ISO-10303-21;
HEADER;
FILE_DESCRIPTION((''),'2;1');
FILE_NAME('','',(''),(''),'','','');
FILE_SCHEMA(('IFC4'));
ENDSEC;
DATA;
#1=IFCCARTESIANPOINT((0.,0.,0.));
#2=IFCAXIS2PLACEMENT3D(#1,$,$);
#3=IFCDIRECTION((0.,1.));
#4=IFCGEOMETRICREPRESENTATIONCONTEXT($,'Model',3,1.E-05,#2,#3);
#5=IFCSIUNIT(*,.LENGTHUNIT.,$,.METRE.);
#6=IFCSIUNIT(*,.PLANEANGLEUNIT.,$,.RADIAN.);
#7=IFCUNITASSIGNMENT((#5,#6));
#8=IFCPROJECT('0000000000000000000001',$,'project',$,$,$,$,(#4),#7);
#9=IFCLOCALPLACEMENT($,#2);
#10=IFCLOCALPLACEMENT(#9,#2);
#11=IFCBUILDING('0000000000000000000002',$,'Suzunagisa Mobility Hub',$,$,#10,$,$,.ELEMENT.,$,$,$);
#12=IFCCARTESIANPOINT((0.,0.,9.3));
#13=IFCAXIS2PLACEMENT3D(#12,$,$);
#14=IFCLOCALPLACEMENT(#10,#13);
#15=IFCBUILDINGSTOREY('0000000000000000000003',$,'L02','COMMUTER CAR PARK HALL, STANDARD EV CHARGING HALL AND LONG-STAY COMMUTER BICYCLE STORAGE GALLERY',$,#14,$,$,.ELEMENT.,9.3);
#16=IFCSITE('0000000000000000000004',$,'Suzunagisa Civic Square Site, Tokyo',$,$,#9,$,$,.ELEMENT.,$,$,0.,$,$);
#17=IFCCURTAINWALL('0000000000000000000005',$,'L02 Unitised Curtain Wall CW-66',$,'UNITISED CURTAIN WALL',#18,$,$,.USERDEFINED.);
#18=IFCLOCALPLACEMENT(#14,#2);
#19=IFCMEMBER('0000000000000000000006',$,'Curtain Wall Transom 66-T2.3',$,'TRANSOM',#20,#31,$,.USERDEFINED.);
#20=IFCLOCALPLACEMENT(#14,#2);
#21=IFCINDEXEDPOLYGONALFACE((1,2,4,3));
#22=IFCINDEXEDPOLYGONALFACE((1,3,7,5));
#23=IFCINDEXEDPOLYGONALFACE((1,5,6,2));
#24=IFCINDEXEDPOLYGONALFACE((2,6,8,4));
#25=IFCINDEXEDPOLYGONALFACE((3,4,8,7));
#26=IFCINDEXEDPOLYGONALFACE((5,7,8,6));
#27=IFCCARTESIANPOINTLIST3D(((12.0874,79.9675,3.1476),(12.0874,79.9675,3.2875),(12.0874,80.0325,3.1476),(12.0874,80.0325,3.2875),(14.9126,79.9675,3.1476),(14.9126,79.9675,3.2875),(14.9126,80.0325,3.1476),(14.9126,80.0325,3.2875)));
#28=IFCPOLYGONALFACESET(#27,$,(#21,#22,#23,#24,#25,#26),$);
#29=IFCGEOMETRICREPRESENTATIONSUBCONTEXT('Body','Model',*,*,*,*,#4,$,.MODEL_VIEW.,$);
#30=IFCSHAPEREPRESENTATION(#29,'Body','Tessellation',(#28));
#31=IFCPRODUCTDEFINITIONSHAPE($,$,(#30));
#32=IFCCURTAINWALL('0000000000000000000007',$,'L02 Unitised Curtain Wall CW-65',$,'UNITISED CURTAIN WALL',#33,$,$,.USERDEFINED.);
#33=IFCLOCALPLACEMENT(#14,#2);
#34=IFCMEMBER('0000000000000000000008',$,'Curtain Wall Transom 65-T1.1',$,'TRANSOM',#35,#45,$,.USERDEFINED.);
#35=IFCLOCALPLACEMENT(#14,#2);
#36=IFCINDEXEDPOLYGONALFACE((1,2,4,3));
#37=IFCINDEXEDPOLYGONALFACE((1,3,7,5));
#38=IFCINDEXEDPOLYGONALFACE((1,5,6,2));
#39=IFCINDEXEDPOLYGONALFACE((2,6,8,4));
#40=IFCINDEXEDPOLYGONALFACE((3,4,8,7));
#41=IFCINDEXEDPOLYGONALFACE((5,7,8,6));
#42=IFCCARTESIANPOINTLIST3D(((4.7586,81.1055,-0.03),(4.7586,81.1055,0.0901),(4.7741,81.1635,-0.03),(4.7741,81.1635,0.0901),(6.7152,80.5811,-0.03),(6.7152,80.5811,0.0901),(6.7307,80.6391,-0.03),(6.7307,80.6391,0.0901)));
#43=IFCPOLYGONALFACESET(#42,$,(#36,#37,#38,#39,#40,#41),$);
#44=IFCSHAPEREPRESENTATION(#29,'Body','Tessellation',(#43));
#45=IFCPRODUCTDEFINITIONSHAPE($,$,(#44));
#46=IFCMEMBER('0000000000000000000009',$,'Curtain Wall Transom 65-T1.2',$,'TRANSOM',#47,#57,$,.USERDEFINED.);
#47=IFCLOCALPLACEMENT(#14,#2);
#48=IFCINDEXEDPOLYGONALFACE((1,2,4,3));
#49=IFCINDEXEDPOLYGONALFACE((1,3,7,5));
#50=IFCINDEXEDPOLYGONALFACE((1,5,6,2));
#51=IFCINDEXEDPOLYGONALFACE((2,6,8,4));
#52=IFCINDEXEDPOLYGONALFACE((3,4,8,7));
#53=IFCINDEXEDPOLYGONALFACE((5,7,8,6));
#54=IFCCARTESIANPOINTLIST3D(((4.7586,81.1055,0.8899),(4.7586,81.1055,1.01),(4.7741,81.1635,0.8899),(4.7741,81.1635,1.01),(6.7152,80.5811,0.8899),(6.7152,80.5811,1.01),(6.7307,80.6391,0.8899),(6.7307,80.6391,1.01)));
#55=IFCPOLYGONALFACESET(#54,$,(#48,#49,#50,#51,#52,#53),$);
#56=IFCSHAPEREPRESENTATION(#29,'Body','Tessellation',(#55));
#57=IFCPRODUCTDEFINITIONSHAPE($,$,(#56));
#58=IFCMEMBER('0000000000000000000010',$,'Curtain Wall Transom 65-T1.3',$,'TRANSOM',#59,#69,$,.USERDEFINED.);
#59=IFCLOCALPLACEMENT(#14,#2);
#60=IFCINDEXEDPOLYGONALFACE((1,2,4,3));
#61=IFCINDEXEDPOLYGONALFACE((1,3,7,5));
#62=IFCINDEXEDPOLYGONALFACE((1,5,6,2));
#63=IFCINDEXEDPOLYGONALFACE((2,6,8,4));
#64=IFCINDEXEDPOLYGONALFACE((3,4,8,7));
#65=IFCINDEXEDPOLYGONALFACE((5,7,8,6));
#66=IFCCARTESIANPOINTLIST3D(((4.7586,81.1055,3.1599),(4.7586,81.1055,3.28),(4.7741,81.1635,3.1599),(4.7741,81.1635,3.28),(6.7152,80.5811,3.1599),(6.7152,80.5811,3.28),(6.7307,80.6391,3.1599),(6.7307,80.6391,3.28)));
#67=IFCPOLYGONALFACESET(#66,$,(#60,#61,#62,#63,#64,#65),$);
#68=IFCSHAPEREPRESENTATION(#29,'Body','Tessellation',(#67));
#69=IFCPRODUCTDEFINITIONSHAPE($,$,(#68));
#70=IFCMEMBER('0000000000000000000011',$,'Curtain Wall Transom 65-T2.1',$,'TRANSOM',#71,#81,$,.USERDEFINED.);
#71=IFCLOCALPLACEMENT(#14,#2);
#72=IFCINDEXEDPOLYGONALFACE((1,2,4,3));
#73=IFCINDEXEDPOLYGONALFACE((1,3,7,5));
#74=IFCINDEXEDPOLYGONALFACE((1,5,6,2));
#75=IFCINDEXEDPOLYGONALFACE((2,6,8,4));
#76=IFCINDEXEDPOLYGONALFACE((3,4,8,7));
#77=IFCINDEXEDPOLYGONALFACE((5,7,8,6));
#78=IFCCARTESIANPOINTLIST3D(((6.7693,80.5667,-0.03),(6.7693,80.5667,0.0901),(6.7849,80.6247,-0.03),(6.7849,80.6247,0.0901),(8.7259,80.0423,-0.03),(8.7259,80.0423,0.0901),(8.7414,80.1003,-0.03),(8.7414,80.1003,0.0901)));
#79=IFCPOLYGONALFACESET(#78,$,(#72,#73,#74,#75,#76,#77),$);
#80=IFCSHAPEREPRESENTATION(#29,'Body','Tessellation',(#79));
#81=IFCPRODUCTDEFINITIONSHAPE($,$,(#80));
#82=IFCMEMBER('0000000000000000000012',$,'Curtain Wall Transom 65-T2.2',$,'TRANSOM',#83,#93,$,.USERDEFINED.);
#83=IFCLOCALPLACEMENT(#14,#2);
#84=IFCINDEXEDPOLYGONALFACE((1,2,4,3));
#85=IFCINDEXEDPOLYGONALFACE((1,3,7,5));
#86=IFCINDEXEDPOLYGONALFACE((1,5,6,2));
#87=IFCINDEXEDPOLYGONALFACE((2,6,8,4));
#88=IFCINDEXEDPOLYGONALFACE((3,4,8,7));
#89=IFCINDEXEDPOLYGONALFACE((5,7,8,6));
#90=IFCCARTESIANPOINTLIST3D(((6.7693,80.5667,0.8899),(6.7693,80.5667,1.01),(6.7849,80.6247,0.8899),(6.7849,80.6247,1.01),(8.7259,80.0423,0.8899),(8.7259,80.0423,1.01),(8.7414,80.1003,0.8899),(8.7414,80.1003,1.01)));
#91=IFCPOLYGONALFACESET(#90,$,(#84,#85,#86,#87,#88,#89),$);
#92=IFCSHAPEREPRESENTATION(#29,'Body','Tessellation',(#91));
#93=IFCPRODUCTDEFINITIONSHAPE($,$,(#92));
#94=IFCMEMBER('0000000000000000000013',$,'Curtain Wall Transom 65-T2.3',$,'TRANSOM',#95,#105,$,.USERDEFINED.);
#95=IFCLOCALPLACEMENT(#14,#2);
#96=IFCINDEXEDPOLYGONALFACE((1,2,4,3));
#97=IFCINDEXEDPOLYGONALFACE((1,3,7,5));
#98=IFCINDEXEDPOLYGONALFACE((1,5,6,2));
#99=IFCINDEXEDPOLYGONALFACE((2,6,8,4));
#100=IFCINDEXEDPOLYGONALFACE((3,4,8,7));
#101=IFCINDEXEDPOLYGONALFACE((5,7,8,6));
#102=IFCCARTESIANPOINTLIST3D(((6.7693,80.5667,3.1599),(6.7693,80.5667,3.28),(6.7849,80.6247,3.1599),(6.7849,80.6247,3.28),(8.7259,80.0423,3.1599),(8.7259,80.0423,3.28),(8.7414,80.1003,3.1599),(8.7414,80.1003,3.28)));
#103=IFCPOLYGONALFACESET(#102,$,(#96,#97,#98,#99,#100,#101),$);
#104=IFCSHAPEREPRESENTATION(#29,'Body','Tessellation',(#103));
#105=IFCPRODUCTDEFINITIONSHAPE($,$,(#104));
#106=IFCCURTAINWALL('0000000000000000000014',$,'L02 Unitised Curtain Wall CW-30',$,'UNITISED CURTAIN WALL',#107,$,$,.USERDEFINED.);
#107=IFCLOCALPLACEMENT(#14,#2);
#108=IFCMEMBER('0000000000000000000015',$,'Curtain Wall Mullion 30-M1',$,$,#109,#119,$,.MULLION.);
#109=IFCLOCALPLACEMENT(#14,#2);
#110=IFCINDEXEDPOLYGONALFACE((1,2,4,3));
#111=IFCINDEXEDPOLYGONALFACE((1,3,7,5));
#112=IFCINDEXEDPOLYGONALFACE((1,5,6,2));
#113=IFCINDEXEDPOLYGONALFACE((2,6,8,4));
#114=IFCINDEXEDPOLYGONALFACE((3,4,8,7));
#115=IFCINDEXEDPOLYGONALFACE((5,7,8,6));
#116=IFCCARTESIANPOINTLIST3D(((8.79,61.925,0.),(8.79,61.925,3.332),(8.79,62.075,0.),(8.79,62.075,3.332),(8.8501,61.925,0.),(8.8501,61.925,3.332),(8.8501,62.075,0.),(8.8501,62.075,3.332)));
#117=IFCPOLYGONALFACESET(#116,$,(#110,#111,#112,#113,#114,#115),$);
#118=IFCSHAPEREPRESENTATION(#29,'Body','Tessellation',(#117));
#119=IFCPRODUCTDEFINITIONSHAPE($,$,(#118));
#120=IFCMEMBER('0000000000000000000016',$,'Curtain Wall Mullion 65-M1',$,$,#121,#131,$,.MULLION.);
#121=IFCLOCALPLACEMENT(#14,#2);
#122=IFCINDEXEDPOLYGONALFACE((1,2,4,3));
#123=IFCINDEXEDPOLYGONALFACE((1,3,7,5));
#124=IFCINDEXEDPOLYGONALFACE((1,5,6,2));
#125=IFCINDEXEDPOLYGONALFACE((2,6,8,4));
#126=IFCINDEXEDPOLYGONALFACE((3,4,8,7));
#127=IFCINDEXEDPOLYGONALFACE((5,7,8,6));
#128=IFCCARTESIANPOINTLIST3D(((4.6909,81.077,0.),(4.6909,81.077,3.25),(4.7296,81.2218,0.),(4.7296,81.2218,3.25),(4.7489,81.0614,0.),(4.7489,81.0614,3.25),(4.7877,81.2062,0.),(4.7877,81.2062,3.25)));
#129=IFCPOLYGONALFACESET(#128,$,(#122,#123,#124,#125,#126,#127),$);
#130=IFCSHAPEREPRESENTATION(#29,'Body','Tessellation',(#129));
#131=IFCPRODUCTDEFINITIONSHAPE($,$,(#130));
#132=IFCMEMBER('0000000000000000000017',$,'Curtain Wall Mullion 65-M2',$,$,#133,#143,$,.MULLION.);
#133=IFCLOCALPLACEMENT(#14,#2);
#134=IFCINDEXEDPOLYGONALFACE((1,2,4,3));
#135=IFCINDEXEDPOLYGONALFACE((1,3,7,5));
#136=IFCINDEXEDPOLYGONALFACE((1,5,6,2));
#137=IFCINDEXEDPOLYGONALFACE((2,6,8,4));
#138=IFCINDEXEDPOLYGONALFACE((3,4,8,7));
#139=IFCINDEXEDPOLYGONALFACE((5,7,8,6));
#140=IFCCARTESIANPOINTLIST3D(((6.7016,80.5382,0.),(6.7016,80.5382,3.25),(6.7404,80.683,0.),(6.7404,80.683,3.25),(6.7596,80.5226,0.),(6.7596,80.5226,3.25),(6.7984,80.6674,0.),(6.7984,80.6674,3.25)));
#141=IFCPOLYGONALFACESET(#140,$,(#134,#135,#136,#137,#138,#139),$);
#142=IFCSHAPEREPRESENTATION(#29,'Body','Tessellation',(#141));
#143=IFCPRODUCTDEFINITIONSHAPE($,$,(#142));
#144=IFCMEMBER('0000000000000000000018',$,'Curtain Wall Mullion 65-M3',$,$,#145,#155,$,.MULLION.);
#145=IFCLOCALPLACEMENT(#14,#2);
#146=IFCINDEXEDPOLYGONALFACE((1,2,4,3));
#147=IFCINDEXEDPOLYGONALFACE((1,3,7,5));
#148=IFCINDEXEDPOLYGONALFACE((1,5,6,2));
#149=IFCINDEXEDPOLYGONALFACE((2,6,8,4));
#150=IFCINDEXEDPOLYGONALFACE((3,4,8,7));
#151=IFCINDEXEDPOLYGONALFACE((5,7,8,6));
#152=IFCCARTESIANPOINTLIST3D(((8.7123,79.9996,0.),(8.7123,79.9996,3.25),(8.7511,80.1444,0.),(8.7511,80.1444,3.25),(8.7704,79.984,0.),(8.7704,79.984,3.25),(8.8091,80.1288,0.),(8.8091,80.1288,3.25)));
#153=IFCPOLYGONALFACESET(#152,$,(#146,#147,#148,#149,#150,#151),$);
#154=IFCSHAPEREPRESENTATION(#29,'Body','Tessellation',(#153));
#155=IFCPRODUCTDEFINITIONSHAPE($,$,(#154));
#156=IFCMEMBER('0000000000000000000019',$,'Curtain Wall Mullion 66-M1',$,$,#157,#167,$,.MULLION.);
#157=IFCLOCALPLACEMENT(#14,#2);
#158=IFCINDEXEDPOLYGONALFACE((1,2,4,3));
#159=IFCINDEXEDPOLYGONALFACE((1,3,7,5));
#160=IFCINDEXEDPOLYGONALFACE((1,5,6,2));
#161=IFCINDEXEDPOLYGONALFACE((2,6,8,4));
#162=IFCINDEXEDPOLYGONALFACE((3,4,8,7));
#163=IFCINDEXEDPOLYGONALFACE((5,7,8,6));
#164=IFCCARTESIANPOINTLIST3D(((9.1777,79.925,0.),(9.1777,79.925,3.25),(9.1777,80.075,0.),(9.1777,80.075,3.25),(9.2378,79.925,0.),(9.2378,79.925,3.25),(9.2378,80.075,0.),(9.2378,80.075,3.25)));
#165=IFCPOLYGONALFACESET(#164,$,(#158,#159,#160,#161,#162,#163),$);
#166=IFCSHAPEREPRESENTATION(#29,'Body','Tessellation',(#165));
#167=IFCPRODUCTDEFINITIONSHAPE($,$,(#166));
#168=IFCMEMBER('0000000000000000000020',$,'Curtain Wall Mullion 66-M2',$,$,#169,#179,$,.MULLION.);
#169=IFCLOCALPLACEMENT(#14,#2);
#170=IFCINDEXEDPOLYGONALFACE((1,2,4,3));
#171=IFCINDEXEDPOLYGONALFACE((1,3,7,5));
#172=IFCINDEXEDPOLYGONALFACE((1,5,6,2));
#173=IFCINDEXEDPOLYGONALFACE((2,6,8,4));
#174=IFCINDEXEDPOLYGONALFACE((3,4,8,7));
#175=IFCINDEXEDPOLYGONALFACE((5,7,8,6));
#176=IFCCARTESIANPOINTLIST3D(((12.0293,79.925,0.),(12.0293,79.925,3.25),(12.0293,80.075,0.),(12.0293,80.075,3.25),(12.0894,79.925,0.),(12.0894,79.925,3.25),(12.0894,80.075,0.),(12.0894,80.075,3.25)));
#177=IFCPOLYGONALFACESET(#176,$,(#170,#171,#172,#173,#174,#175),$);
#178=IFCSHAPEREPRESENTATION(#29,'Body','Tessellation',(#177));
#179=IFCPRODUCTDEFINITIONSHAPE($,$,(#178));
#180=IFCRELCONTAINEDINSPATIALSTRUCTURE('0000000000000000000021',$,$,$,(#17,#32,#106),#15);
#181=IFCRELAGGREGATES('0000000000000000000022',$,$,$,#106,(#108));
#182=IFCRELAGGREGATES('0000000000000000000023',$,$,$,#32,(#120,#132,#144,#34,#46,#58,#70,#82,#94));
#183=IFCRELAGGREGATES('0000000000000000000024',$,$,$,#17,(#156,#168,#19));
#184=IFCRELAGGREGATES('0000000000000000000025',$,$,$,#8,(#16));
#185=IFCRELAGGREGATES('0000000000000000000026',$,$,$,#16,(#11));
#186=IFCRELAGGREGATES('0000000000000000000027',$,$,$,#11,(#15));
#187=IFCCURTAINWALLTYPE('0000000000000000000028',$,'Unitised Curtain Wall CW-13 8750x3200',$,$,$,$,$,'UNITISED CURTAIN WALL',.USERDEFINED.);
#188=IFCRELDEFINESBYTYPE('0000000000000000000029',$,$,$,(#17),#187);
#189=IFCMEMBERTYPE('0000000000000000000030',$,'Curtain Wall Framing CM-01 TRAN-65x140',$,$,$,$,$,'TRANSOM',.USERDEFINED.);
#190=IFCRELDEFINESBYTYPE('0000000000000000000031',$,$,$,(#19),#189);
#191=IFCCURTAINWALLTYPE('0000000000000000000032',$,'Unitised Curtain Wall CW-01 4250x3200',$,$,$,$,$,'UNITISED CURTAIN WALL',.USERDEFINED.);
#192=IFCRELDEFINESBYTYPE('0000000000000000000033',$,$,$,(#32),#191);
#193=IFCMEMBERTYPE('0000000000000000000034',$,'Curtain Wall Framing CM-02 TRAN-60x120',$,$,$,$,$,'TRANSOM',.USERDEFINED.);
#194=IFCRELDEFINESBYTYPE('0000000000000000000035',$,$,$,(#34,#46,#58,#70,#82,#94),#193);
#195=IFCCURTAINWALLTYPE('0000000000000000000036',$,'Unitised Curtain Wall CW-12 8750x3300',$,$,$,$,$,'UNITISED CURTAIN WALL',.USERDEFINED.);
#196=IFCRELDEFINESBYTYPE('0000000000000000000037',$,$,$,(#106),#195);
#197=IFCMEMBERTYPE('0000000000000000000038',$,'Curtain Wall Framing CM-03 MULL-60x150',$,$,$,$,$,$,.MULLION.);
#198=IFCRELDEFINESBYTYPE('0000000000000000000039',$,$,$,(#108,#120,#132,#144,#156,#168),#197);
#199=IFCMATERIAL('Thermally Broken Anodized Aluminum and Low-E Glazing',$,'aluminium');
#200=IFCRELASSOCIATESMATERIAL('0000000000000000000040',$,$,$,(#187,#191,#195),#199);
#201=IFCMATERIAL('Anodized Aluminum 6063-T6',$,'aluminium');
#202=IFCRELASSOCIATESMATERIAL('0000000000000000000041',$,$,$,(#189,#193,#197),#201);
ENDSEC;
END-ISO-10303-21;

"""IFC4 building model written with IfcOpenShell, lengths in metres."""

from ifc_helpers import new_model, si_unit, direction, frame, origin, origin_2d, place, context, subcontext, project, spatial, rectangle, extrude, material, material_profile, profile_set, type_object, element, aggregate, save


model = new_model("IFC4")

# Units and contexts
model_context = context("Model", 3, precision=1e-05, world=origin(), true_north=direction((0.0, 1.0)))
body_context = subcontext(model_context, "Body", "Model", "MODEL_VIEW")
ifc_project = project(units=[si_unit("LENGTHUNIT", "METRE"), si_unit("PLANEANGLEUNIT", "RADIAN")], contexts=[model_context])

# Site, building, storey
site_placement = place(None, origin())
site = spatial("IfcSite", under=ifc_project, at=site_placement, Name="Suzunagisa Civic Square Site, Tokyo", CompositionType="ELEMENT", RefElevation=0.0)
building_placement = place(site_placement, origin())
building = spatial("IfcBuilding", under=site, at=building_placement, Name="Suzunagisa Mobility Hub", CompositionType="ELEMENT")
storey_placement = place(building_placement, frame((0.0, 0.0, 9.3)))
storey = spatial("IfcBuildingStorey", under=building, at=storey_placement, Name="L02", Description="COMMUTER CAR PARK HALL, STANDARD EV CHARGING HALL AND LONG-STAY COMMUTER BICYCLE STORAGE GALLERY", CompositionType="ELEMENT", Elevation=9.3)

# Curtain walls, members
ifc_material_1 = material(Name="Thermally Broken Anodized Aluminum and Low-E Glazing", Category="aluminium")
curtain_wall_type_1 = type_object("IfcCurtainWallType", Name="Unitised Curtain Wall CW-13 8750x3200", ElementType="UNITISED CURTAIN WALL", PredefinedType="USERDEFINED", material=ifc_material_1)
curtain_wall_1_placement = place(storey_placement, origin())
curtain_wall_1 = element("IfcCurtainWall", 1, at=curtain_wall_1_placement, inside=storey, type_object=curtain_wall_type_1, Name="L02 Unitised Curtain Wall CW-66", ObjectType="UNITISED CURTAIN WALL", PredefinedType="USERDEFINED")
ifc_material_2 = material(Name="Anodized Aluminum 6063-T6", Category="aluminium")
ifc_material_profile_1 = material_profile(ifc_material_2, rectangle(XDim=0.0649, YDim=0.1399, at=origin_2d()), Name="TRAN-65x140")
ifc_profile_set_1 = profile_set([ifc_material_profile_1], Name="Anodized Aluminum 6063-T6")
member_type_1 = type_object("IfcMemberType", Name="Curtain Wall Framing CM-01 TRAN-65x140", ElementType="TRANSOM", PredefinedType="USERDEFINED", material=ifc_profile_set_1)
member_1_placement = place(storey_placement, frame((12.0874, 80.0, 3.2175), z_axis=(1.0, 0.0, 0.0), x_axis=(0.0, 1.0, 0.0)))
member_1 = element("IfcMember", 2, at=member_1_placement, type_object=member_type_1, Name="Curtain Wall Transom 66-T2.3", ObjectType="TRANSOM", PredefinedType="USERDEFINED", context=body_context, shape_type="SweptSolid", body=[
    extrude(rectangle(XDim=0.0649, YDim=0.1399, at=origin_2d()), origin(), (0.0, 0.0, 1.0), 2.8252),
])
curtain_wall_type_2 = type_object("IfcCurtainWallType", Name="Unitised Curtain Wall CW-01 4250x3200", ElementType="UNITISED CURTAIN WALL", PredefinedType="USERDEFINED", material=ifc_material_1)
curtain_wall_2_placement = place(storey_placement, origin())
curtain_wall_2 = element("IfcCurtainWall", 3, at=curtain_wall_2_placement, inside=storey, type_object=curtain_wall_type_2, Name="L02 Unitised Curtain Wall CW-65", ObjectType="UNITISED CURTAIN WALL", PredefinedType="USERDEFINED")
ifc_material_profile_2 = material_profile(ifc_material_2, rectangle(XDim=0.0601, YDim=0.1201, at=origin_2d()), Name="TRAN-60x120")
ifc_profile_set_2 = profile_set([ifc_material_profile_2], Name="Anodized Aluminum 6063-T6")
member_type_2 = type_object("IfcMemberType", Name="Curtain Wall Framing CM-02 TRAN-60x120", ElementType="TRANSOM", PredefinedType="USERDEFINED", material=ifc_profile_set_2)
member_2_placement = place(storey_placement, frame((4.7664, 81.1345, 0.03), z_axis=(0.965906, -0.258893, 0.0), x_axis=(0.258893, 0.965906, 0.0)))
member_2 = element("IfcMember", 4, at=member_2_placement, type_object=member_type_2, Name="Curtain Wall Transom 65-T1.1", ObjectType="TRANSOM", PredefinedType="USERDEFINED", context=body_context, shape_type="SweptSolid", body=[
    extrude(rectangle(XDim=0.0601, YDim=0.1201, at=origin_2d()), origin(), (0.0, 0.0, 1.0), 2.0256),
])
member_3_placement = place(storey_placement, frame((4.7664, 81.1345, 0.95), z_axis=(0.965906, -0.258893, 0.0), x_axis=(0.258893, 0.965906, 0.0)))
member_3 = element("IfcMember", 5, at=member_3_placement, type_object=member_type_2, Name="Curtain Wall Transom 65-T1.2", ObjectType="TRANSOM", PredefinedType="USERDEFINED", context=body_context, shape_type="SweptSolid", body=[
    extrude(rectangle(XDim=0.0601, YDim=0.1201, at=origin_2d()), origin(), (0.0, 0.0, 1.0), 2.0256),
])
member_4_placement = place(storey_placement, frame((4.7664, 81.1345, 3.22), z_axis=(0.965906, -0.258893, 0.0), x_axis=(0.258893, 0.965906, 0.0)))
member_4 = element("IfcMember", 6, at=member_4_placement, type_object=member_type_2, Name="Curtain Wall Transom 65-T1.3", ObjectType="TRANSOM", PredefinedType="USERDEFINED", context=body_context, shape_type="SweptSolid", body=[
    extrude(rectangle(XDim=0.0601, YDim=0.1201, at=origin_2d()), origin(), (0.0, 0.0, 1.0), 2.0256),
])
member_5_placement = place(storey_placement, frame((6.7771, 80.5957, 0.03), z_axis=(0.965906, -0.258893, 0.0), x_axis=(0.258893, 0.965906, 0.0)))
member_5 = element("IfcMember", 7, at=member_5_placement, type_object=member_type_2, Name="Curtain Wall Transom 65-T2.1", ObjectType="TRANSOM", PredefinedType="USERDEFINED", context=body_context, shape_type="SweptSolid", body=[
    extrude(rectangle(XDim=0.0601, YDim=0.1201, at=origin_2d()), origin(), (0.0, 0.0, 1.0), 2.0256),
])
member_6_placement = place(storey_placement, frame((6.7771, 80.5957, 0.95), z_axis=(0.965906, -0.258893, 0.0), x_axis=(0.258893, 0.965906, 0.0)))
member_6 = element("IfcMember", 8, at=member_6_placement, type_object=member_type_2, Name="Curtain Wall Transom 65-T2.2", ObjectType="TRANSOM", PredefinedType="USERDEFINED", context=body_context, shape_type="SweptSolid", body=[
    extrude(rectangle(XDim=0.0601, YDim=0.1201, at=origin_2d()), origin(), (0.0, 0.0, 1.0), 2.0256),
])
member_7_placement = place(storey_placement, frame((6.7771, 80.5957, 3.22), z_axis=(0.965906, -0.258893, 0.0), x_axis=(0.258893, 0.965906, 0.0)))
member_7 = element("IfcMember", 9, at=member_7_placement, type_object=member_type_2, Name="Curtain Wall Transom 65-T2.3", ObjectType="TRANSOM", PredefinedType="USERDEFINED", context=body_context, shape_type="SweptSolid", body=[
    extrude(rectangle(XDim=0.0601, YDim=0.1201, at=origin_2d()), origin(), (0.0, 0.0, 1.0), 2.0256),
])

# Curtain wall, member
curtain_wall_type_3 = type_object("IfcCurtainWallType", Name="Unitised Curtain Wall CW-12 8750x3300", ElementType="UNITISED CURTAIN WALL", PredefinedType="USERDEFINED", material=ifc_material_1)
curtain_wall_3_placement = place(storey_placement, origin())
curtain_wall_3 = element("IfcCurtainWall", 10, at=curtain_wall_3_placement, inside=storey, type_object=curtain_wall_type_3, Name="L02 Unitised Curtain Wall CW-30", ObjectType="UNITISED CURTAIN WALL", PredefinedType="USERDEFINED")
ifc_material_profile_3 = material_profile(ifc_material_2, rectangle(XDim=0.0601, YDim=0.1499, at=origin_2d()), Name="MULL-60x150")
ifc_profile_set_3 = profile_set([ifc_material_profile_3], Name="Anodized Aluminum 6063-T6")
member_type_3 = type_object("IfcMemberType", Name="Curtain Wall Framing CM-03 MULL-60x150", PredefinedType="MULLION", material=ifc_profile_set_3)
member_8_placement = place(storey_placement, frame((8.8201, 62.0, 0.0), z_axis=(0.0, 0.0, 1.0), x_axis=(-1.0, 0.0, 0.0)))
member_8 = element("IfcMember", 11, at=member_8_placement, type_object=member_type_3, Name="Curtain Wall Mullion 30-M1", PredefinedType="MULLION", context=body_context, shape_type="SweptSolid", body=[
    extrude(rectangle(XDim=0.0601, YDim=0.1499, at=origin_2d()), origin(), (0.0, 0.0, 1.0), 3.332),
])
aggregate(curtain_wall_3, [member_8])

# Members
member_9_placement = place(storey_placement, frame((4.7393, 81.1416, 0.0), z_axis=(0.0, 0.0, 1.0), x_axis=(0.96593, -0.258803, 0.0)))
member_9 = element("IfcMember", 12, at=member_9_placement, type_object=member_type_3, Name="Curtain Wall Mullion 65-M1", PredefinedType="MULLION", context=body_context, shape_type="SweptSolid", body=[
    extrude(rectangle(XDim=0.0601, YDim=0.1499, at=origin_2d()), origin(), (0.0, 0.0, 1.0), 3.25),
])
member_10_placement = place(storey_placement, frame((6.75, 80.6028, 0.0), z_axis=(0.0, 0.0, 1.0), x_axis=(0.96593, -0.258803, 0.0)))
member_10 = element("IfcMember", 13, at=member_10_placement, type_object=member_type_3, Name="Curtain Wall Mullion 65-M2", PredefinedType="MULLION", context=body_context, shape_type="SweptSolid", body=[
    extrude(rectangle(XDim=0.0601, YDim=0.1499, at=origin_2d()), origin(), (0.0, 0.0, 1.0), 3.25),
])
member_11_placement = place(storey_placement, frame((8.7607, 80.0642, 0.0), z_axis=(0.0, 0.0, 1.0), x_axis=(0.96593, -0.258803, 0.0)))
member_11 = element("IfcMember", 14, at=member_11_placement, type_object=member_type_3, Name="Curtain Wall Mullion 65-M3", PredefinedType="MULLION", context=body_context, shape_type="SweptSolid", body=[
    extrude(rectangle(XDim=0.0601, YDim=0.1499, at=origin_2d()), origin(), (0.0, 0.0, 1.0), 3.25),
])
member_12_placement = place(storey_placement, frame((9.2078, 80.0, 0.0), z_axis=(0.0, 0.0, 1.0), x_axis=(1.0, 0.0, 0.0)))
member_12 = element("IfcMember", 15, at=member_12_placement, type_object=member_type_3, Name="Curtain Wall Mullion 66-M1", PredefinedType="MULLION", context=body_context, shape_type="SweptSolid", body=[
    extrude(rectangle(XDim=0.0601, YDim=0.1499, at=origin_2d()), origin(), (0.0, 0.0, 1.0), 3.25),
])
member_13_placement = place(storey_placement, frame((12.0593, 80.0, 0.0), z_axis=(0.0, 0.0, 1.0), x_axis=(1.0, 0.0, 0.0)))
member_13 = element("IfcMember", 16, at=member_13_placement, type_object=member_type_3, Name="Curtain Wall Mullion 66-M2", PredefinedType="MULLION", context=body_context, shape_type="SweptSolid", body=[
    extrude(rectangle(XDim=0.0601, YDim=0.1499, at=origin_2d()), origin(), (0.0, 0.0, 1.0), 3.25),
])

aggregate(curtain_wall_2, [member_9, member_10, member_11, member_2, member_3, member_4, member_5, member_6, member_7])
aggregate(curtain_wall_1, [member_12, member_13, member_1])

save(model, "model.ifc")
